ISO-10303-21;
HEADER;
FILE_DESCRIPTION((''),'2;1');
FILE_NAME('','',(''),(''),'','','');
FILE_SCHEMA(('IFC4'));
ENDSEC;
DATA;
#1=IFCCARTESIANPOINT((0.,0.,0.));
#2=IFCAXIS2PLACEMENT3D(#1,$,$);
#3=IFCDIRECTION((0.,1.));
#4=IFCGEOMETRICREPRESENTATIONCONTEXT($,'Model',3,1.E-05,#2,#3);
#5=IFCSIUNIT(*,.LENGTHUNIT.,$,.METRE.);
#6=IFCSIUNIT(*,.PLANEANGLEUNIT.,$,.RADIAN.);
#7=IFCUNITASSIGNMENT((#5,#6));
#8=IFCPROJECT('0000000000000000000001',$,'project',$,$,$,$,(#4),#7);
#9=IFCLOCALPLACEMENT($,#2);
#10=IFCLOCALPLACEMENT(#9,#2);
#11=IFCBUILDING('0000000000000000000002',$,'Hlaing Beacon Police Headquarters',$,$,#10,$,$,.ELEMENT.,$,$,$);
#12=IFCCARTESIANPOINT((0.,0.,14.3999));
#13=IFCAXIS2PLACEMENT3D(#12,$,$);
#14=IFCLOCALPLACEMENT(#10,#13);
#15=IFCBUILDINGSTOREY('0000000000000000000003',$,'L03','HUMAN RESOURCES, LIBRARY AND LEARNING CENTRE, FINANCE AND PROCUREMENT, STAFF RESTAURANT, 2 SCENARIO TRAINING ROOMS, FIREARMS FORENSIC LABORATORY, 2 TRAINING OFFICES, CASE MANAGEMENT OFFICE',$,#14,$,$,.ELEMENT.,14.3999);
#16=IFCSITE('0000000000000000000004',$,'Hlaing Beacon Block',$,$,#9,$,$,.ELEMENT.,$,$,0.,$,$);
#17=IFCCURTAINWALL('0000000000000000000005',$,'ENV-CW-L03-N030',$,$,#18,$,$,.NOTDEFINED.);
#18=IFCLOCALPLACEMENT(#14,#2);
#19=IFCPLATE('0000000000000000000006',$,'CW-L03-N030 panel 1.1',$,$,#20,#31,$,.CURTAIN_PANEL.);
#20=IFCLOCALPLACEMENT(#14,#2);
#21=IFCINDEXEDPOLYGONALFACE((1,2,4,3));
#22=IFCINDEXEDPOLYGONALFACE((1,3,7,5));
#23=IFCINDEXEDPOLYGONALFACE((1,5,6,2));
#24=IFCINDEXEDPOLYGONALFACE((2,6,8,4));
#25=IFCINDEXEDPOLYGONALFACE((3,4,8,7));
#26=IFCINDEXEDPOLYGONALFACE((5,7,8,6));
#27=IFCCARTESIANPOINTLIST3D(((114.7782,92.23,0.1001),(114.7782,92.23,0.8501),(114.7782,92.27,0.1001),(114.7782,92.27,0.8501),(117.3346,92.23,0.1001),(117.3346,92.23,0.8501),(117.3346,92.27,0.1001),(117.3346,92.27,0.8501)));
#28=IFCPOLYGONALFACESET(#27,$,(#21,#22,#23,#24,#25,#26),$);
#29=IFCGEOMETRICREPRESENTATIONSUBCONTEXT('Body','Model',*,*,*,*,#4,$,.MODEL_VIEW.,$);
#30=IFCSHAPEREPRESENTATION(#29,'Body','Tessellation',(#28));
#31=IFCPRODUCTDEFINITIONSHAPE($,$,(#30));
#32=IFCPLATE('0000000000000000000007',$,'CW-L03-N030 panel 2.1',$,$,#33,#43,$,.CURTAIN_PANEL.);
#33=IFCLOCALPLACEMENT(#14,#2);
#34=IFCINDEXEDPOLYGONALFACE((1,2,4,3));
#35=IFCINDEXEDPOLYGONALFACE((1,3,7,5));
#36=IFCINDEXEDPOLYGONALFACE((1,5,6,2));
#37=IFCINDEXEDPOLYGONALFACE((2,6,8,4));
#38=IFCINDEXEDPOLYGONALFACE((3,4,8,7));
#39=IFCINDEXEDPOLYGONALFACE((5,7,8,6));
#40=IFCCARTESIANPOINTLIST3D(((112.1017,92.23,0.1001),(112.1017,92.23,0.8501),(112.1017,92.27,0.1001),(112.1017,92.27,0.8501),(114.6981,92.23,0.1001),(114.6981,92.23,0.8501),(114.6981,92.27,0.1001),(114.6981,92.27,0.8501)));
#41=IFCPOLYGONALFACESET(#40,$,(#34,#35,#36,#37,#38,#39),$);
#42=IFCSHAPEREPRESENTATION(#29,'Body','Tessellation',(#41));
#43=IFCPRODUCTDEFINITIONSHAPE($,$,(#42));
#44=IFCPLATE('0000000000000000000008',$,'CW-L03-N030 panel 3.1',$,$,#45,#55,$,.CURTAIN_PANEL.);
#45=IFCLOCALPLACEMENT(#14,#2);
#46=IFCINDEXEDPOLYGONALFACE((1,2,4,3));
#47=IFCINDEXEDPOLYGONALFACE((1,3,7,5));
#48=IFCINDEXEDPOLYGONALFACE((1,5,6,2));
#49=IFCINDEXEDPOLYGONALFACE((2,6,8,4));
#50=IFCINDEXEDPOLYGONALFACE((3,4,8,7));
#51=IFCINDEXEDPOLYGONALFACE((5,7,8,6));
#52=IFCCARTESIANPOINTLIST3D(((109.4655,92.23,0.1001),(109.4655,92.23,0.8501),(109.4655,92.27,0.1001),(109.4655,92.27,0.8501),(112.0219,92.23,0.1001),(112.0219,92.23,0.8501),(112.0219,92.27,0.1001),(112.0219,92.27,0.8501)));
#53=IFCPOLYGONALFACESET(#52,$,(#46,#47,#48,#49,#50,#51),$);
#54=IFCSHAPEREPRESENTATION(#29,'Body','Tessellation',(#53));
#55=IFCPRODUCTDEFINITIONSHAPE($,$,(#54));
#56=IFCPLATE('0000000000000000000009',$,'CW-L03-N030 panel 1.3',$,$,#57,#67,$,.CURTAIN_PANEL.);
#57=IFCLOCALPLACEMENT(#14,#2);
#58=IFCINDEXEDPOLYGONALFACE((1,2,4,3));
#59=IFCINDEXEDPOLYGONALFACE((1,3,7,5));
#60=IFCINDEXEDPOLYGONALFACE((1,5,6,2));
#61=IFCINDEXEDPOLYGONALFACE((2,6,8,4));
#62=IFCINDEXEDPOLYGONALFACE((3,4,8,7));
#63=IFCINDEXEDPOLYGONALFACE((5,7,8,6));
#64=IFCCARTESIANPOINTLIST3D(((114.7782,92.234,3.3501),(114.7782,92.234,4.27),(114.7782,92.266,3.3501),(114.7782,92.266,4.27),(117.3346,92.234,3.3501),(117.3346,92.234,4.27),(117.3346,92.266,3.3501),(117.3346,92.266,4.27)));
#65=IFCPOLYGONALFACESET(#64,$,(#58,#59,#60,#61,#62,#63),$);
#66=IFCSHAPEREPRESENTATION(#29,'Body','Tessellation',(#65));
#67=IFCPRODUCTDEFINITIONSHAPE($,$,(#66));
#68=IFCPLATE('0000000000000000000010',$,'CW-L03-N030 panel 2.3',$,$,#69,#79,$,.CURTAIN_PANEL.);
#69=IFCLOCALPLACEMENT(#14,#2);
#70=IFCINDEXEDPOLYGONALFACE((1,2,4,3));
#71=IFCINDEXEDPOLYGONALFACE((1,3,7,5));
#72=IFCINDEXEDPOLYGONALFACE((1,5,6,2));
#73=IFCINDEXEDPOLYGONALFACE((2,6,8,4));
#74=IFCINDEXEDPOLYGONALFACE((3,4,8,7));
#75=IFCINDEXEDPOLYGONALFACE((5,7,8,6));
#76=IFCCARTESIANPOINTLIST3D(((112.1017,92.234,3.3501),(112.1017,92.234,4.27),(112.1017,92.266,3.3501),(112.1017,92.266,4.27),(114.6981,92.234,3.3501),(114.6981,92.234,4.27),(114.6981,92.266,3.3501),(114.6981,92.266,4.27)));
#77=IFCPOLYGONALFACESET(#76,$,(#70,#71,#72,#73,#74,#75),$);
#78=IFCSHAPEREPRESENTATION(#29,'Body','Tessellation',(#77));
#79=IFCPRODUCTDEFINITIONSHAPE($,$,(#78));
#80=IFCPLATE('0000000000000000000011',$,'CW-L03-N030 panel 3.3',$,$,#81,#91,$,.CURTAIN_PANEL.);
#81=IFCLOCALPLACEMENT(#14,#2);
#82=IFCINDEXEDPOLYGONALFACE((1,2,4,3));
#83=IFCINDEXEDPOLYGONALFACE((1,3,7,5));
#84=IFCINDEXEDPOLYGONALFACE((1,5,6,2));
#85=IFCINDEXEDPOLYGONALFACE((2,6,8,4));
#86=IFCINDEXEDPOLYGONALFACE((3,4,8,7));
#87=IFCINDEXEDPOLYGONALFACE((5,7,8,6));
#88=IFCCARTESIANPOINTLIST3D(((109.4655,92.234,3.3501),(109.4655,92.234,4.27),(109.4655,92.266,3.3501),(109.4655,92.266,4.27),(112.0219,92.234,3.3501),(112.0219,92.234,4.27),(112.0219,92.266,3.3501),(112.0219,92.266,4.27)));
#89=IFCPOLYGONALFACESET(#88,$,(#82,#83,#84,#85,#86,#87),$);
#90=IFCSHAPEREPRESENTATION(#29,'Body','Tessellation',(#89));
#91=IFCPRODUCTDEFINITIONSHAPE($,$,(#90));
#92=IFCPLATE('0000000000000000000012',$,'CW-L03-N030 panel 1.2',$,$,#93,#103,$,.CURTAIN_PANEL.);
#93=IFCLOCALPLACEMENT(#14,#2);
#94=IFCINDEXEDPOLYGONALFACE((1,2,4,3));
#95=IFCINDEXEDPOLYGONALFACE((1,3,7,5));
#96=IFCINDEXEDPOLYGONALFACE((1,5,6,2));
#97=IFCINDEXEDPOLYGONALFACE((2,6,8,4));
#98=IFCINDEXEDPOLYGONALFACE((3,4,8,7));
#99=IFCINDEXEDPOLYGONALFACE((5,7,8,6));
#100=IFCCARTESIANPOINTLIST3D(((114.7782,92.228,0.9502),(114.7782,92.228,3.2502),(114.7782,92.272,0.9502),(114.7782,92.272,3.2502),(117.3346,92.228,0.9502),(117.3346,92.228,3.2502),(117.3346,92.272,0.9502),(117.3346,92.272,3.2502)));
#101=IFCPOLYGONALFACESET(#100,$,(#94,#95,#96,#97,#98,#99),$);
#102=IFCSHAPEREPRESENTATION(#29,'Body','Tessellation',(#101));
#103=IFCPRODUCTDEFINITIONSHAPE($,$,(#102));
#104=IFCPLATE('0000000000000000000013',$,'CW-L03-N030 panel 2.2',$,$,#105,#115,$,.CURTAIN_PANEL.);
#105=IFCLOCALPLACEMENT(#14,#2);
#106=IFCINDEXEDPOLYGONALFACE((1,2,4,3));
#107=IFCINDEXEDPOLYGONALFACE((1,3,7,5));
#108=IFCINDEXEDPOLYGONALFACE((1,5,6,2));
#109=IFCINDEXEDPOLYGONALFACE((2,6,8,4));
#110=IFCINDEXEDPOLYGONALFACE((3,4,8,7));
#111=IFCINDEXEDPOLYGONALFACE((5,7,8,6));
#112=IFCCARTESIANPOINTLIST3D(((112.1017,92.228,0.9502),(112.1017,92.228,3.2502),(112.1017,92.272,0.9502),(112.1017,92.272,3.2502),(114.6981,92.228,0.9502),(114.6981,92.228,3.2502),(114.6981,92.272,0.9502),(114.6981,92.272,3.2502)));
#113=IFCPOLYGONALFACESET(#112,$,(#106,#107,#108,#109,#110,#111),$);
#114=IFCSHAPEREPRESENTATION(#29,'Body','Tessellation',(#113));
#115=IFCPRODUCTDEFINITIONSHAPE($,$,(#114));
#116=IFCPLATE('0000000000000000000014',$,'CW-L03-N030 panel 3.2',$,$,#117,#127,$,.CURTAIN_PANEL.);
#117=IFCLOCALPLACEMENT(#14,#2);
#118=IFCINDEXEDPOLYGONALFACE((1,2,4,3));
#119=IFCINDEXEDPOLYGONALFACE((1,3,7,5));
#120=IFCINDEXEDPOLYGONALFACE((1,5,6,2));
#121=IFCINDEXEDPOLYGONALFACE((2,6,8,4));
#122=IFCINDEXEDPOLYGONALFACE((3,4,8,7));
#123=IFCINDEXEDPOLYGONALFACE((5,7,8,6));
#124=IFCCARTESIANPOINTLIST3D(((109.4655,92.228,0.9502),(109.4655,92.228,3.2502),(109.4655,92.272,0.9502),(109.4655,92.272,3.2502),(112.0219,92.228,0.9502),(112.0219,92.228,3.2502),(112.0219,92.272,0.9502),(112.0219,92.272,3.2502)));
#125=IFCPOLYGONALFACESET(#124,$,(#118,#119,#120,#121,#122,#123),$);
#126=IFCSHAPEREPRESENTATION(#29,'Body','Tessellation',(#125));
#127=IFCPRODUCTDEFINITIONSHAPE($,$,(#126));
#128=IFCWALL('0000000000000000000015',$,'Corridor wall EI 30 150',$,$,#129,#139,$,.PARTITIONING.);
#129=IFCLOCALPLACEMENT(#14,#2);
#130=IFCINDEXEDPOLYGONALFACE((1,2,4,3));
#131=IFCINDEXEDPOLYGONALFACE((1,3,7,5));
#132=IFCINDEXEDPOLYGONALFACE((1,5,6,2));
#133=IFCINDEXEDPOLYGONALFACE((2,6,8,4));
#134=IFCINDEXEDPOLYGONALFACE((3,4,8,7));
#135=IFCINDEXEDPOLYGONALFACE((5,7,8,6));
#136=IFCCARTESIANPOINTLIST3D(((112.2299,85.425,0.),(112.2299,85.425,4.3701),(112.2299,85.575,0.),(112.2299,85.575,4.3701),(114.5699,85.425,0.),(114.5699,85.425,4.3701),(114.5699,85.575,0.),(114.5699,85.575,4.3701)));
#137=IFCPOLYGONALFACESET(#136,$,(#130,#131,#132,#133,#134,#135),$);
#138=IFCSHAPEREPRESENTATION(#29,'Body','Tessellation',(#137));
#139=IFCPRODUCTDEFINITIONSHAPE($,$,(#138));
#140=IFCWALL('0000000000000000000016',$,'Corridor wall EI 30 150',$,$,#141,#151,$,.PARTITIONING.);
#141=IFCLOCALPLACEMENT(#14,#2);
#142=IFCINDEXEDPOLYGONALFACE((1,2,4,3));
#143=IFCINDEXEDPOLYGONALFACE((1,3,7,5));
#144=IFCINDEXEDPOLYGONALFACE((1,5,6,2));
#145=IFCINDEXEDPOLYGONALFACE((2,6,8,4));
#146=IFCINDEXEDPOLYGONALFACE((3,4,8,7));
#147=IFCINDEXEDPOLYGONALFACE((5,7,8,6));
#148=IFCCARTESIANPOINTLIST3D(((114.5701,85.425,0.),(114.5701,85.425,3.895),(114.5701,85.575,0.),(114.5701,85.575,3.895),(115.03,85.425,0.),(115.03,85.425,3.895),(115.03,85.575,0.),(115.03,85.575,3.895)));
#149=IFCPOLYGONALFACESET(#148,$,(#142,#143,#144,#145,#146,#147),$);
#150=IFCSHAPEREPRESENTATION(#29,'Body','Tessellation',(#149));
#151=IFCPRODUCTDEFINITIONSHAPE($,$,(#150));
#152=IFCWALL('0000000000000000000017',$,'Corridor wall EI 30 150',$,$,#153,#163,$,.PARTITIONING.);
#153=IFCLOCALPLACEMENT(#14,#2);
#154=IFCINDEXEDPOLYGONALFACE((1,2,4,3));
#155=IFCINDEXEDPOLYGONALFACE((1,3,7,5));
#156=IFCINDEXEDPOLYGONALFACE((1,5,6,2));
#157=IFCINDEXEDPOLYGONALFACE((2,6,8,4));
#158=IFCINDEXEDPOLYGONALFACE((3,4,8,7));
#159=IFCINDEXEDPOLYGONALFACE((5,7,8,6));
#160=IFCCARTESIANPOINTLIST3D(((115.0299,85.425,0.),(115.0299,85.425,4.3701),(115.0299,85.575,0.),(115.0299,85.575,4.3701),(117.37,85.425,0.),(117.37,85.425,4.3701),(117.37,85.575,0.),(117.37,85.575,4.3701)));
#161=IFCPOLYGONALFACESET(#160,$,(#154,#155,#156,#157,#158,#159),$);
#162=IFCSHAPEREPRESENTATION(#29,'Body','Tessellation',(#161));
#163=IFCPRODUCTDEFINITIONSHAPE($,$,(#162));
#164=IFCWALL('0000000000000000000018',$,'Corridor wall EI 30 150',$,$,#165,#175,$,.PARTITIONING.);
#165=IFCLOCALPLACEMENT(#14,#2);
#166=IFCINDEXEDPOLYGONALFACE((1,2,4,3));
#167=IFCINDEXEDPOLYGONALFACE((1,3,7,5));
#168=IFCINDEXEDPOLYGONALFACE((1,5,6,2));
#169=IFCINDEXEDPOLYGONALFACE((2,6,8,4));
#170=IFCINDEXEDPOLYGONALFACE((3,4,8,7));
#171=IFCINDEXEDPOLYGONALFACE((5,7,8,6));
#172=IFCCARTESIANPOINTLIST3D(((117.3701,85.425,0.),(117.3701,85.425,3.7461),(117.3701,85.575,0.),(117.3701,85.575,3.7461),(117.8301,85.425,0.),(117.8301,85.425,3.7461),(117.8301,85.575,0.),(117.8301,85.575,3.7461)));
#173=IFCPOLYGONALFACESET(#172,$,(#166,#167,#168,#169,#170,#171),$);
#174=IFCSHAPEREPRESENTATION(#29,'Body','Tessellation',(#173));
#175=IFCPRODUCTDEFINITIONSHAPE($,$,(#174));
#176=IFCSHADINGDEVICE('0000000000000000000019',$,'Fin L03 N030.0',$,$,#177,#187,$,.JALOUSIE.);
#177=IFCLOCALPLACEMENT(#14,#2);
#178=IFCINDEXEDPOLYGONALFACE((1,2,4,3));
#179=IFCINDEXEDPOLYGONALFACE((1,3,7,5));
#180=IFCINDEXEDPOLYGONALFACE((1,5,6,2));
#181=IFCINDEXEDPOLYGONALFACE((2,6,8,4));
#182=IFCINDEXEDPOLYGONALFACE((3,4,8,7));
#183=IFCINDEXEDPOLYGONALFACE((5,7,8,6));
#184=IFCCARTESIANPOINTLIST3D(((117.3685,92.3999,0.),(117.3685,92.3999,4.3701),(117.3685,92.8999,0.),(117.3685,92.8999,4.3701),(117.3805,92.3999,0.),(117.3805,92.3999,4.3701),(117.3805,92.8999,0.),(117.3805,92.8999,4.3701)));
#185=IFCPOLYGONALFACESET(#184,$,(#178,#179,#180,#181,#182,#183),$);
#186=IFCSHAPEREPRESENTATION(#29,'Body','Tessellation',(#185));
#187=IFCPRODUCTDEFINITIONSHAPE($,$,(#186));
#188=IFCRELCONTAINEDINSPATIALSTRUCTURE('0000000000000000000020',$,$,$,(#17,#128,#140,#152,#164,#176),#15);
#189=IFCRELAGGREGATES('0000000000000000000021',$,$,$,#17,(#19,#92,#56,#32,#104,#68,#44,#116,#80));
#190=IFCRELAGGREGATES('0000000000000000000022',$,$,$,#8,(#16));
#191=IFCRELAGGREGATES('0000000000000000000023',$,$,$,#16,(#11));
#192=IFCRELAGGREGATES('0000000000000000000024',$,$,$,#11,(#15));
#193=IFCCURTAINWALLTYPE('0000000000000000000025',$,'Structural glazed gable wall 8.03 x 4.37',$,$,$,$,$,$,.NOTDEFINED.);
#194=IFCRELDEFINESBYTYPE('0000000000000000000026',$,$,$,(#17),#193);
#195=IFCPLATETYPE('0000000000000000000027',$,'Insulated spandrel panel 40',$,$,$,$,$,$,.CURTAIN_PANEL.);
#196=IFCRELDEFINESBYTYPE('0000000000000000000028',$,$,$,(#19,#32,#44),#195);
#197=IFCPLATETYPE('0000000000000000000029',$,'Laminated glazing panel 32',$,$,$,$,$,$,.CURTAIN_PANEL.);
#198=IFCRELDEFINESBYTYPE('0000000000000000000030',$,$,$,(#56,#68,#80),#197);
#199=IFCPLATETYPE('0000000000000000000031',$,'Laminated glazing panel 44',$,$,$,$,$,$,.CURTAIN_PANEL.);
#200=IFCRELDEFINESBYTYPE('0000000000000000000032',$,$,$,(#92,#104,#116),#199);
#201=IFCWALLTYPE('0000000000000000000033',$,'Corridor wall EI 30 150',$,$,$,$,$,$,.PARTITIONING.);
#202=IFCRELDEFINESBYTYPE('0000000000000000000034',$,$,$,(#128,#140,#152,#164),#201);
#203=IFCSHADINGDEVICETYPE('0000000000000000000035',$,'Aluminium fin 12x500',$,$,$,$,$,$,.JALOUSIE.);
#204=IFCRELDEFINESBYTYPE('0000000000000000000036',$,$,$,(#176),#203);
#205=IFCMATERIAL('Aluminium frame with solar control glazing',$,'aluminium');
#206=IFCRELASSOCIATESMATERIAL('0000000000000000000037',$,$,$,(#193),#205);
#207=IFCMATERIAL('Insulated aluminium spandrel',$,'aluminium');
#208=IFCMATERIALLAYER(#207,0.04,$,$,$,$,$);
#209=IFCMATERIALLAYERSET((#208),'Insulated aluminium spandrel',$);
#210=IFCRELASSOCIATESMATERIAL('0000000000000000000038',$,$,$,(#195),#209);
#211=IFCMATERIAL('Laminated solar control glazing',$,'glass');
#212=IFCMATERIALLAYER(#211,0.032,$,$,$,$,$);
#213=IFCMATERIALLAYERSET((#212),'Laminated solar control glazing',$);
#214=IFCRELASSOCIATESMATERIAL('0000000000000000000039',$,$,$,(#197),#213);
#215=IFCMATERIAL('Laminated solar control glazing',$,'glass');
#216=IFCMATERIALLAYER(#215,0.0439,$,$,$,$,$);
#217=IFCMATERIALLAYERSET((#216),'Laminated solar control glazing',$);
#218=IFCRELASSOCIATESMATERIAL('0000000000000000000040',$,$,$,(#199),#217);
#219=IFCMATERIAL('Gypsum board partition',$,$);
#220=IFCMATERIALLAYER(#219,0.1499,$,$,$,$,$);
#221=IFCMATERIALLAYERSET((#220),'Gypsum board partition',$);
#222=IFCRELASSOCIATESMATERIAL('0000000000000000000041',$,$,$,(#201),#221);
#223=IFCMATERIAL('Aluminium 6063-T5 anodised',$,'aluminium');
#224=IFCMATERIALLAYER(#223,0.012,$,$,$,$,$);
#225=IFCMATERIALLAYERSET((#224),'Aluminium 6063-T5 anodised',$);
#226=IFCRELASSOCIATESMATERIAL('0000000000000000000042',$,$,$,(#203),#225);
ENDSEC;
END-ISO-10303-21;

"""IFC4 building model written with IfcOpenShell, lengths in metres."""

from ifc_helpers import new_model, si_unit, direction, frame, frame_2d, origin, origin_2d, place, context, subcontext, project, spatial, rectangle, extrude, material, layer, layer_set, type_object, element, aggregate, save


model = new_model("IFC4")

# Units and contexts
model_context = context("Model", 3, precision=1e-05, world=origin(), true_north=direction((0.0, 1.0)))
body_context = subcontext(model_context, "Body", "Model", "MODEL_VIEW")
ifc_project = project(units=[si_unit("LENGTHUNIT", "METRE"), si_unit("PLANEANGLEUNIT", "RADIAN")], contexts=[model_context])

# Site, building, storey
site_placement = place(None, origin())
site = spatial("IfcSite", under=ifc_project, at=site_placement, Name="Hlaing Beacon Block", CompositionType="ELEMENT", RefElevation=0.0)
building_placement = place(site_placement, origin())
building = spatial("IfcBuilding", under=site, at=building_placement, Name="Hlaing Beacon Police Headquarters", CompositionType="ELEMENT")
storey_placement = place(building_placement, frame((0.0, 0.0, 14.3999)))
storey = spatial("IfcBuildingStorey", under=building, at=storey_placement, Name="L03", Description="HUMAN RESOURCES, LIBRARY AND LEARNING CENTRE, FINANCE AND PROCUREMENT, STAFF RESTAURANT, 2 SCENARIO TRAINING ROOMS, FIREARMS FORENSIC LABORATORY, 2 TRAINING OFFICES, CASE MANAGEMENT OFFICE", CompositionType="ELEMENT", Elevation=14.3999)

# Curtain wall, plates
ifc_material_1 = material(Name="Aluminium frame with solar control glazing", Category="aluminium")
curtain_wall_type = type_object("IfcCurtainWallType", Name="Structural glazed gable wall 8.03 x 4.37", PredefinedType="NOTDEFINED", material=ifc_material_1)
curtain_wall_placement = place(storey_placement, origin())
curtain_wall = element("IfcCurtainWall", 1, at=curtain_wall_placement, inside=storey, type_object=curtain_wall_type, Name="ENV-CW-L03-N030", PredefinedType="NOTDEFINED")
ifc_material_2 = material(Name="Insulated aluminium spandrel", Category="aluminium")
ifc_layer_1 = layer(ifc_material_2, 0.04)
ifc_layer_set_1 = layer_set([ifc_layer_1], Name="Insulated aluminium spandrel")
plate_type_1 = type_object("IfcPlateType", Name="Insulated spandrel panel 40", PredefinedType="CURTAIN_PANEL", material=ifc_layer_set_1)
plate_1_placement = place(storey_placement, frame((116.0564, 92.25, 0.1001), z_axis=(0.0, 0.0, 1.0), x_axis=(-1.0, 0.0, 0.0)))
plate_1 = element("IfcPlate", 2, at=plate_1_placement, type_object=plate_type_1, Name="CW-L03-N030 panel 1.1", PredefinedType="CURTAIN_PANEL", context=body_context, shape_type="SweptSolid", body=[
    extrude(rectangle(XDim=2.5564, YDim=0.04, at=origin_2d()), origin(), (0.0, 0.0, 1.0), 0.75),
])
plate_2_placement = place(storey_placement, frame((113.3999, 92.25, 0.1001), z_axis=(0.0, 0.0, 1.0), x_axis=(-1.0, 0.0, 0.0)))
plate_2 = element("IfcPlate", 3, at=plate_2_placement, type_object=plate_type_1, Name="CW-L03-N030 panel 2.1", PredefinedType="CURTAIN_PANEL", context=body_context, shape_type="SweptSolid", body=[
    extrude(rectangle(XDim=2.5964, YDim=0.04, at=origin_2d()), origin(), (0.0, 0.0, 1.0), 0.75),
])
plate_3_placement = place(storey_placement, frame((110.7437, 92.25, 0.1001), z_axis=(0.0, 0.0, 1.0), x_axis=(-1.0, 0.0, 0.0)))
plate_3 = element("IfcPlate", 4, at=plate_3_placement, type_object=plate_type_1, Name="CW-L03-N030 panel 3.1", PredefinedType="CURTAIN_PANEL", context=body_context, shape_type="SweptSolid", body=[
    extrude(rectangle(XDim=2.5564, YDim=0.04, at=origin_2d()), origin(), (0.0, 0.0, 1.0), 0.75),
])
ifc_material_3 = material(Name="Laminated solar control glazing", Category="glass")
ifc_layer_2 = layer(ifc_material_3, 0.032)
ifc_layer_set_2 = layer_set([ifc_layer_2], Name="Laminated solar control glazing")
plate_type_2 = type_object("IfcPlateType", Name="Laminated glazing panel 32", PredefinedType="CURTAIN_PANEL", material=ifc_layer_set_2)
plate_4_placement = place(storey_placement, frame((116.0564, 92.25, 3.3501), z_axis=(0.0, 0.0, 1.0), x_axis=(-1.0, 0.0, 0.0)))
plate_4 = element("IfcPlate", 5, at=plate_4_placement, type_object=plate_type_2, Name="CW-L03-N030 panel 1.3", PredefinedType="CURTAIN_PANEL", context=body_context, shape_type="SweptSolid", body=[
    extrude(rectangle(XDim=2.5564, YDim=0.032, at=origin_2d()), origin(), (0.0, 0.0, 1.0), 0.9199),
])
plate_5_placement = place(storey_placement, frame((113.3999, 92.25, 3.3501), z_axis=(0.0, 0.0, 1.0), x_axis=(-1.0, 0.0, 0.0)))
plate_5 = element("IfcPlate", 6, at=plate_5_placement, type_object=plate_type_2, Name="CW-L03-N030 panel 2.3", PredefinedType="CURTAIN_PANEL", context=body_context, shape_type="SweptSolid", body=[
    extrude(rectangle(XDim=2.5964, YDim=0.032, at=origin_2d()), origin(), (0.0, 0.0, 1.0), 0.9199),
])
plate_6_placement = place(storey_placement, frame((110.7437, 92.25, 3.3501), z_axis=(0.0, 0.0, 1.0), x_axis=(-1.0, 0.0, 0.0)))
plate_6 = element("IfcPlate", 7, at=plate_6_placement, type_object=plate_type_2, Name="CW-L03-N030 panel 3.3", PredefinedType="CURTAIN_PANEL", context=body_context, shape_type="SweptSolid", body=[
    extrude(rectangle(XDim=2.5564, YDim=0.032, at=origin_2d()), origin(), (0.0, 0.0, 1.0), 0.9199),
])
ifc_material_4 = material(Name="Laminated solar control glazing", Category="glass")
ifc_layer_3 = layer(ifc_material_4, 0.0439)
ifc_layer_set_3 = layer_set([ifc_layer_3], Name="Laminated solar control glazing")
plate_type_3 = type_object("IfcPlateType", Name="Laminated glazing panel 44", PredefinedType="CURTAIN_PANEL", material=ifc_layer_set_3)
plate_7_placement = place(storey_placement, frame((116.0564, 92.25, 0.9502), z_axis=(0.0, 0.0, 1.0), x_axis=(-1.0, 0.0, 0.0)))
plate_7 = element("IfcPlate", 8, at=plate_7_placement, type_object=plate_type_3, Name="CW-L03-N030 panel 1.2", PredefinedType="CURTAIN_PANEL", context=body_context, shape_type="SweptSolid", body=[
    extrude(rectangle(XDim=2.5564, YDim=0.0439, at=origin_2d()), origin(), (0.0, 0.0, 1.0), 2.3),
])
plate_8_placement = place(storey_placement, frame((113.3999, 92.25, 0.9502), z_axis=(0.0, 0.0, 1.0), x_axis=(-1.0, 0.0, 0.0)))
plate_8 = element("IfcPlate", 9, at=plate_8_placement, type_object=plate_type_3, Name="CW-L03-N030 panel 2.2", PredefinedType="CURTAIN_PANEL", context=body_context, shape_type="SweptSolid", body=[
    extrude(rectangle(XDim=2.5964, YDim=0.0439, at=origin_2d()), origin(), (0.0, 0.0, 1.0), 2.3),
])
plate_9_placement = place(storey_placement, frame((110.7437, 92.25, 0.9502), z_axis=(0.0, 0.0, 1.0), x_axis=(-1.0, 0.0, 0.0)))
plate_9 = element("IfcPlate", 10, at=plate_9_placement, type_object=plate_type_3, Name="CW-L03-N030 panel 3.2", PredefinedType="CURTAIN_PANEL", context=body_context, shape_type="SweptSolid", body=[
    extrude(rectangle(XDim=2.5564, YDim=0.0439, at=origin_2d()), origin(), (0.0, 0.0, 1.0), 2.3),
])
aggregate(curtain_wall, [plate_1, plate_7, plate_4, plate_2, plate_8, plate_5, plate_3, plate_9, plate_6])

# Walls
ifc_material_5 = material(Name="Gypsum board partition")
ifc_layer_4 = layer(ifc_material_5, 0.1499)
ifc_layer_set_4 = layer_set([ifc_layer_4], Name="Gypsum board partition")
wall_type = type_object("IfcWallType", Name="Corridor wall EI 30 150", PredefinedType="PARTITIONING", material=ifc_layer_set_4)
wall_1_placement = place(storey_placement, frame((112.23, 85.5, 0.0), z_axis=(0.0, 0.0, 1.0), x_axis=(1.0, 0.0, 0.0)))
element("IfcWall", 11, at=wall_1_placement, inside=storey, type_object=wall_type, Name="Corridor wall EI 30 150", PredefinedType="PARTITIONING", context=body_context, shape_type="SweptSolid", body=[
    extrude(rectangle(XDim=2.3401, YDim=0.1499, at=frame_2d((1.1699, 0.0))), origin(), (0.0, 0.0, 1.0), 4.3701),
])
wall_2_placement = place(storey_placement, frame((114.5701, 85.5, 0.0), z_axis=(0.0, 0.0, 1.0), x_axis=(1.0, 0.0, 0.0)))
element("IfcWall", 12, at=wall_2_placement, inside=storey, type_object=wall_type, Name="Corridor wall EI 30 150", PredefinedType="PARTITIONING", context=body_context, shape_type="SweptSolid", body=[
    extrude(rectangle(XDim=0.46, YDim=0.1499, at=frame_2d((0.23, 0.0))), origin(), (0.0, 0.0, 1.0), 3.895),
])
wall_3_placement = place(storey_placement, frame((115.03, 85.5, 0.0), z_axis=(0.0, 0.0, 1.0), x_axis=(1.0, 0.0, 0.0)))
element("IfcWall", 13, at=wall_3_placement, inside=storey, type_object=wall_type, Name="Corridor wall EI 30 150", PredefinedType="PARTITIONING", context=body_context, shape_type="SweptSolid", body=[
    extrude(rectangle(XDim=2.3401, YDim=0.1499, at=frame_2d((1.1699, 0.0))), origin(), (0.0, 0.0, 1.0), 4.3701),
])
wall_4_placement = place(storey_placement, frame((117.3701, 85.5, 0.0), z_axis=(0.0, 0.0, 1.0), x_axis=(1.0, 0.0, 0.0)))
element("IfcWall", 14, at=wall_4_placement, inside=storey, type_object=wall_type, Name="Corridor wall EI 30 150", PredefinedType="PARTITIONING", context=body_context, shape_type="SweptSolid", body=[
    extrude(rectangle(XDim=0.46, YDim=0.1499, at=frame_2d((0.23, 0.0))), origin(), (0.0, 0.0, 1.0), 3.7461),
])

# Shading device
ifc_material_6 = material(Name="Aluminium 6063-T5 anodised", Category="aluminium")
ifc_layer_5 = layer(ifc_material_6, 0.012)
ifc_layer_set_5 = layer_set([ifc_layer_5], Name="Aluminium 6063-T5 anodised")
shading_device_type = type_object("IfcShadingDeviceType", Name="Aluminium fin 12x500", PredefinedType="JALOUSIE", material=ifc_layer_set_5)
for number, where, z_axis, x_axis, name in (
    (15, (117.3745, 92.6499, 0.0), (0.0, 0.0, 1.0), (-1.0, 0.0, 0.0), "Fin L03 N030.0"),
):
    element("IfcShadingDevice", number, at=place(storey_placement, frame(where, z_axis=z_axis, x_axis=x_axis)), inside=storey, type_object=shading_device_type, Name=name, PredefinedType="JALOUSIE", context=body_context, shape_type="SweptSolid", body=[
        extrude(rectangle(XDim=0.012, YDim=0.5, at=origin_2d()), origin(), (0.0, 0.0, 1.0), 4.3701),
    ])

save(model, "model.ifc")
